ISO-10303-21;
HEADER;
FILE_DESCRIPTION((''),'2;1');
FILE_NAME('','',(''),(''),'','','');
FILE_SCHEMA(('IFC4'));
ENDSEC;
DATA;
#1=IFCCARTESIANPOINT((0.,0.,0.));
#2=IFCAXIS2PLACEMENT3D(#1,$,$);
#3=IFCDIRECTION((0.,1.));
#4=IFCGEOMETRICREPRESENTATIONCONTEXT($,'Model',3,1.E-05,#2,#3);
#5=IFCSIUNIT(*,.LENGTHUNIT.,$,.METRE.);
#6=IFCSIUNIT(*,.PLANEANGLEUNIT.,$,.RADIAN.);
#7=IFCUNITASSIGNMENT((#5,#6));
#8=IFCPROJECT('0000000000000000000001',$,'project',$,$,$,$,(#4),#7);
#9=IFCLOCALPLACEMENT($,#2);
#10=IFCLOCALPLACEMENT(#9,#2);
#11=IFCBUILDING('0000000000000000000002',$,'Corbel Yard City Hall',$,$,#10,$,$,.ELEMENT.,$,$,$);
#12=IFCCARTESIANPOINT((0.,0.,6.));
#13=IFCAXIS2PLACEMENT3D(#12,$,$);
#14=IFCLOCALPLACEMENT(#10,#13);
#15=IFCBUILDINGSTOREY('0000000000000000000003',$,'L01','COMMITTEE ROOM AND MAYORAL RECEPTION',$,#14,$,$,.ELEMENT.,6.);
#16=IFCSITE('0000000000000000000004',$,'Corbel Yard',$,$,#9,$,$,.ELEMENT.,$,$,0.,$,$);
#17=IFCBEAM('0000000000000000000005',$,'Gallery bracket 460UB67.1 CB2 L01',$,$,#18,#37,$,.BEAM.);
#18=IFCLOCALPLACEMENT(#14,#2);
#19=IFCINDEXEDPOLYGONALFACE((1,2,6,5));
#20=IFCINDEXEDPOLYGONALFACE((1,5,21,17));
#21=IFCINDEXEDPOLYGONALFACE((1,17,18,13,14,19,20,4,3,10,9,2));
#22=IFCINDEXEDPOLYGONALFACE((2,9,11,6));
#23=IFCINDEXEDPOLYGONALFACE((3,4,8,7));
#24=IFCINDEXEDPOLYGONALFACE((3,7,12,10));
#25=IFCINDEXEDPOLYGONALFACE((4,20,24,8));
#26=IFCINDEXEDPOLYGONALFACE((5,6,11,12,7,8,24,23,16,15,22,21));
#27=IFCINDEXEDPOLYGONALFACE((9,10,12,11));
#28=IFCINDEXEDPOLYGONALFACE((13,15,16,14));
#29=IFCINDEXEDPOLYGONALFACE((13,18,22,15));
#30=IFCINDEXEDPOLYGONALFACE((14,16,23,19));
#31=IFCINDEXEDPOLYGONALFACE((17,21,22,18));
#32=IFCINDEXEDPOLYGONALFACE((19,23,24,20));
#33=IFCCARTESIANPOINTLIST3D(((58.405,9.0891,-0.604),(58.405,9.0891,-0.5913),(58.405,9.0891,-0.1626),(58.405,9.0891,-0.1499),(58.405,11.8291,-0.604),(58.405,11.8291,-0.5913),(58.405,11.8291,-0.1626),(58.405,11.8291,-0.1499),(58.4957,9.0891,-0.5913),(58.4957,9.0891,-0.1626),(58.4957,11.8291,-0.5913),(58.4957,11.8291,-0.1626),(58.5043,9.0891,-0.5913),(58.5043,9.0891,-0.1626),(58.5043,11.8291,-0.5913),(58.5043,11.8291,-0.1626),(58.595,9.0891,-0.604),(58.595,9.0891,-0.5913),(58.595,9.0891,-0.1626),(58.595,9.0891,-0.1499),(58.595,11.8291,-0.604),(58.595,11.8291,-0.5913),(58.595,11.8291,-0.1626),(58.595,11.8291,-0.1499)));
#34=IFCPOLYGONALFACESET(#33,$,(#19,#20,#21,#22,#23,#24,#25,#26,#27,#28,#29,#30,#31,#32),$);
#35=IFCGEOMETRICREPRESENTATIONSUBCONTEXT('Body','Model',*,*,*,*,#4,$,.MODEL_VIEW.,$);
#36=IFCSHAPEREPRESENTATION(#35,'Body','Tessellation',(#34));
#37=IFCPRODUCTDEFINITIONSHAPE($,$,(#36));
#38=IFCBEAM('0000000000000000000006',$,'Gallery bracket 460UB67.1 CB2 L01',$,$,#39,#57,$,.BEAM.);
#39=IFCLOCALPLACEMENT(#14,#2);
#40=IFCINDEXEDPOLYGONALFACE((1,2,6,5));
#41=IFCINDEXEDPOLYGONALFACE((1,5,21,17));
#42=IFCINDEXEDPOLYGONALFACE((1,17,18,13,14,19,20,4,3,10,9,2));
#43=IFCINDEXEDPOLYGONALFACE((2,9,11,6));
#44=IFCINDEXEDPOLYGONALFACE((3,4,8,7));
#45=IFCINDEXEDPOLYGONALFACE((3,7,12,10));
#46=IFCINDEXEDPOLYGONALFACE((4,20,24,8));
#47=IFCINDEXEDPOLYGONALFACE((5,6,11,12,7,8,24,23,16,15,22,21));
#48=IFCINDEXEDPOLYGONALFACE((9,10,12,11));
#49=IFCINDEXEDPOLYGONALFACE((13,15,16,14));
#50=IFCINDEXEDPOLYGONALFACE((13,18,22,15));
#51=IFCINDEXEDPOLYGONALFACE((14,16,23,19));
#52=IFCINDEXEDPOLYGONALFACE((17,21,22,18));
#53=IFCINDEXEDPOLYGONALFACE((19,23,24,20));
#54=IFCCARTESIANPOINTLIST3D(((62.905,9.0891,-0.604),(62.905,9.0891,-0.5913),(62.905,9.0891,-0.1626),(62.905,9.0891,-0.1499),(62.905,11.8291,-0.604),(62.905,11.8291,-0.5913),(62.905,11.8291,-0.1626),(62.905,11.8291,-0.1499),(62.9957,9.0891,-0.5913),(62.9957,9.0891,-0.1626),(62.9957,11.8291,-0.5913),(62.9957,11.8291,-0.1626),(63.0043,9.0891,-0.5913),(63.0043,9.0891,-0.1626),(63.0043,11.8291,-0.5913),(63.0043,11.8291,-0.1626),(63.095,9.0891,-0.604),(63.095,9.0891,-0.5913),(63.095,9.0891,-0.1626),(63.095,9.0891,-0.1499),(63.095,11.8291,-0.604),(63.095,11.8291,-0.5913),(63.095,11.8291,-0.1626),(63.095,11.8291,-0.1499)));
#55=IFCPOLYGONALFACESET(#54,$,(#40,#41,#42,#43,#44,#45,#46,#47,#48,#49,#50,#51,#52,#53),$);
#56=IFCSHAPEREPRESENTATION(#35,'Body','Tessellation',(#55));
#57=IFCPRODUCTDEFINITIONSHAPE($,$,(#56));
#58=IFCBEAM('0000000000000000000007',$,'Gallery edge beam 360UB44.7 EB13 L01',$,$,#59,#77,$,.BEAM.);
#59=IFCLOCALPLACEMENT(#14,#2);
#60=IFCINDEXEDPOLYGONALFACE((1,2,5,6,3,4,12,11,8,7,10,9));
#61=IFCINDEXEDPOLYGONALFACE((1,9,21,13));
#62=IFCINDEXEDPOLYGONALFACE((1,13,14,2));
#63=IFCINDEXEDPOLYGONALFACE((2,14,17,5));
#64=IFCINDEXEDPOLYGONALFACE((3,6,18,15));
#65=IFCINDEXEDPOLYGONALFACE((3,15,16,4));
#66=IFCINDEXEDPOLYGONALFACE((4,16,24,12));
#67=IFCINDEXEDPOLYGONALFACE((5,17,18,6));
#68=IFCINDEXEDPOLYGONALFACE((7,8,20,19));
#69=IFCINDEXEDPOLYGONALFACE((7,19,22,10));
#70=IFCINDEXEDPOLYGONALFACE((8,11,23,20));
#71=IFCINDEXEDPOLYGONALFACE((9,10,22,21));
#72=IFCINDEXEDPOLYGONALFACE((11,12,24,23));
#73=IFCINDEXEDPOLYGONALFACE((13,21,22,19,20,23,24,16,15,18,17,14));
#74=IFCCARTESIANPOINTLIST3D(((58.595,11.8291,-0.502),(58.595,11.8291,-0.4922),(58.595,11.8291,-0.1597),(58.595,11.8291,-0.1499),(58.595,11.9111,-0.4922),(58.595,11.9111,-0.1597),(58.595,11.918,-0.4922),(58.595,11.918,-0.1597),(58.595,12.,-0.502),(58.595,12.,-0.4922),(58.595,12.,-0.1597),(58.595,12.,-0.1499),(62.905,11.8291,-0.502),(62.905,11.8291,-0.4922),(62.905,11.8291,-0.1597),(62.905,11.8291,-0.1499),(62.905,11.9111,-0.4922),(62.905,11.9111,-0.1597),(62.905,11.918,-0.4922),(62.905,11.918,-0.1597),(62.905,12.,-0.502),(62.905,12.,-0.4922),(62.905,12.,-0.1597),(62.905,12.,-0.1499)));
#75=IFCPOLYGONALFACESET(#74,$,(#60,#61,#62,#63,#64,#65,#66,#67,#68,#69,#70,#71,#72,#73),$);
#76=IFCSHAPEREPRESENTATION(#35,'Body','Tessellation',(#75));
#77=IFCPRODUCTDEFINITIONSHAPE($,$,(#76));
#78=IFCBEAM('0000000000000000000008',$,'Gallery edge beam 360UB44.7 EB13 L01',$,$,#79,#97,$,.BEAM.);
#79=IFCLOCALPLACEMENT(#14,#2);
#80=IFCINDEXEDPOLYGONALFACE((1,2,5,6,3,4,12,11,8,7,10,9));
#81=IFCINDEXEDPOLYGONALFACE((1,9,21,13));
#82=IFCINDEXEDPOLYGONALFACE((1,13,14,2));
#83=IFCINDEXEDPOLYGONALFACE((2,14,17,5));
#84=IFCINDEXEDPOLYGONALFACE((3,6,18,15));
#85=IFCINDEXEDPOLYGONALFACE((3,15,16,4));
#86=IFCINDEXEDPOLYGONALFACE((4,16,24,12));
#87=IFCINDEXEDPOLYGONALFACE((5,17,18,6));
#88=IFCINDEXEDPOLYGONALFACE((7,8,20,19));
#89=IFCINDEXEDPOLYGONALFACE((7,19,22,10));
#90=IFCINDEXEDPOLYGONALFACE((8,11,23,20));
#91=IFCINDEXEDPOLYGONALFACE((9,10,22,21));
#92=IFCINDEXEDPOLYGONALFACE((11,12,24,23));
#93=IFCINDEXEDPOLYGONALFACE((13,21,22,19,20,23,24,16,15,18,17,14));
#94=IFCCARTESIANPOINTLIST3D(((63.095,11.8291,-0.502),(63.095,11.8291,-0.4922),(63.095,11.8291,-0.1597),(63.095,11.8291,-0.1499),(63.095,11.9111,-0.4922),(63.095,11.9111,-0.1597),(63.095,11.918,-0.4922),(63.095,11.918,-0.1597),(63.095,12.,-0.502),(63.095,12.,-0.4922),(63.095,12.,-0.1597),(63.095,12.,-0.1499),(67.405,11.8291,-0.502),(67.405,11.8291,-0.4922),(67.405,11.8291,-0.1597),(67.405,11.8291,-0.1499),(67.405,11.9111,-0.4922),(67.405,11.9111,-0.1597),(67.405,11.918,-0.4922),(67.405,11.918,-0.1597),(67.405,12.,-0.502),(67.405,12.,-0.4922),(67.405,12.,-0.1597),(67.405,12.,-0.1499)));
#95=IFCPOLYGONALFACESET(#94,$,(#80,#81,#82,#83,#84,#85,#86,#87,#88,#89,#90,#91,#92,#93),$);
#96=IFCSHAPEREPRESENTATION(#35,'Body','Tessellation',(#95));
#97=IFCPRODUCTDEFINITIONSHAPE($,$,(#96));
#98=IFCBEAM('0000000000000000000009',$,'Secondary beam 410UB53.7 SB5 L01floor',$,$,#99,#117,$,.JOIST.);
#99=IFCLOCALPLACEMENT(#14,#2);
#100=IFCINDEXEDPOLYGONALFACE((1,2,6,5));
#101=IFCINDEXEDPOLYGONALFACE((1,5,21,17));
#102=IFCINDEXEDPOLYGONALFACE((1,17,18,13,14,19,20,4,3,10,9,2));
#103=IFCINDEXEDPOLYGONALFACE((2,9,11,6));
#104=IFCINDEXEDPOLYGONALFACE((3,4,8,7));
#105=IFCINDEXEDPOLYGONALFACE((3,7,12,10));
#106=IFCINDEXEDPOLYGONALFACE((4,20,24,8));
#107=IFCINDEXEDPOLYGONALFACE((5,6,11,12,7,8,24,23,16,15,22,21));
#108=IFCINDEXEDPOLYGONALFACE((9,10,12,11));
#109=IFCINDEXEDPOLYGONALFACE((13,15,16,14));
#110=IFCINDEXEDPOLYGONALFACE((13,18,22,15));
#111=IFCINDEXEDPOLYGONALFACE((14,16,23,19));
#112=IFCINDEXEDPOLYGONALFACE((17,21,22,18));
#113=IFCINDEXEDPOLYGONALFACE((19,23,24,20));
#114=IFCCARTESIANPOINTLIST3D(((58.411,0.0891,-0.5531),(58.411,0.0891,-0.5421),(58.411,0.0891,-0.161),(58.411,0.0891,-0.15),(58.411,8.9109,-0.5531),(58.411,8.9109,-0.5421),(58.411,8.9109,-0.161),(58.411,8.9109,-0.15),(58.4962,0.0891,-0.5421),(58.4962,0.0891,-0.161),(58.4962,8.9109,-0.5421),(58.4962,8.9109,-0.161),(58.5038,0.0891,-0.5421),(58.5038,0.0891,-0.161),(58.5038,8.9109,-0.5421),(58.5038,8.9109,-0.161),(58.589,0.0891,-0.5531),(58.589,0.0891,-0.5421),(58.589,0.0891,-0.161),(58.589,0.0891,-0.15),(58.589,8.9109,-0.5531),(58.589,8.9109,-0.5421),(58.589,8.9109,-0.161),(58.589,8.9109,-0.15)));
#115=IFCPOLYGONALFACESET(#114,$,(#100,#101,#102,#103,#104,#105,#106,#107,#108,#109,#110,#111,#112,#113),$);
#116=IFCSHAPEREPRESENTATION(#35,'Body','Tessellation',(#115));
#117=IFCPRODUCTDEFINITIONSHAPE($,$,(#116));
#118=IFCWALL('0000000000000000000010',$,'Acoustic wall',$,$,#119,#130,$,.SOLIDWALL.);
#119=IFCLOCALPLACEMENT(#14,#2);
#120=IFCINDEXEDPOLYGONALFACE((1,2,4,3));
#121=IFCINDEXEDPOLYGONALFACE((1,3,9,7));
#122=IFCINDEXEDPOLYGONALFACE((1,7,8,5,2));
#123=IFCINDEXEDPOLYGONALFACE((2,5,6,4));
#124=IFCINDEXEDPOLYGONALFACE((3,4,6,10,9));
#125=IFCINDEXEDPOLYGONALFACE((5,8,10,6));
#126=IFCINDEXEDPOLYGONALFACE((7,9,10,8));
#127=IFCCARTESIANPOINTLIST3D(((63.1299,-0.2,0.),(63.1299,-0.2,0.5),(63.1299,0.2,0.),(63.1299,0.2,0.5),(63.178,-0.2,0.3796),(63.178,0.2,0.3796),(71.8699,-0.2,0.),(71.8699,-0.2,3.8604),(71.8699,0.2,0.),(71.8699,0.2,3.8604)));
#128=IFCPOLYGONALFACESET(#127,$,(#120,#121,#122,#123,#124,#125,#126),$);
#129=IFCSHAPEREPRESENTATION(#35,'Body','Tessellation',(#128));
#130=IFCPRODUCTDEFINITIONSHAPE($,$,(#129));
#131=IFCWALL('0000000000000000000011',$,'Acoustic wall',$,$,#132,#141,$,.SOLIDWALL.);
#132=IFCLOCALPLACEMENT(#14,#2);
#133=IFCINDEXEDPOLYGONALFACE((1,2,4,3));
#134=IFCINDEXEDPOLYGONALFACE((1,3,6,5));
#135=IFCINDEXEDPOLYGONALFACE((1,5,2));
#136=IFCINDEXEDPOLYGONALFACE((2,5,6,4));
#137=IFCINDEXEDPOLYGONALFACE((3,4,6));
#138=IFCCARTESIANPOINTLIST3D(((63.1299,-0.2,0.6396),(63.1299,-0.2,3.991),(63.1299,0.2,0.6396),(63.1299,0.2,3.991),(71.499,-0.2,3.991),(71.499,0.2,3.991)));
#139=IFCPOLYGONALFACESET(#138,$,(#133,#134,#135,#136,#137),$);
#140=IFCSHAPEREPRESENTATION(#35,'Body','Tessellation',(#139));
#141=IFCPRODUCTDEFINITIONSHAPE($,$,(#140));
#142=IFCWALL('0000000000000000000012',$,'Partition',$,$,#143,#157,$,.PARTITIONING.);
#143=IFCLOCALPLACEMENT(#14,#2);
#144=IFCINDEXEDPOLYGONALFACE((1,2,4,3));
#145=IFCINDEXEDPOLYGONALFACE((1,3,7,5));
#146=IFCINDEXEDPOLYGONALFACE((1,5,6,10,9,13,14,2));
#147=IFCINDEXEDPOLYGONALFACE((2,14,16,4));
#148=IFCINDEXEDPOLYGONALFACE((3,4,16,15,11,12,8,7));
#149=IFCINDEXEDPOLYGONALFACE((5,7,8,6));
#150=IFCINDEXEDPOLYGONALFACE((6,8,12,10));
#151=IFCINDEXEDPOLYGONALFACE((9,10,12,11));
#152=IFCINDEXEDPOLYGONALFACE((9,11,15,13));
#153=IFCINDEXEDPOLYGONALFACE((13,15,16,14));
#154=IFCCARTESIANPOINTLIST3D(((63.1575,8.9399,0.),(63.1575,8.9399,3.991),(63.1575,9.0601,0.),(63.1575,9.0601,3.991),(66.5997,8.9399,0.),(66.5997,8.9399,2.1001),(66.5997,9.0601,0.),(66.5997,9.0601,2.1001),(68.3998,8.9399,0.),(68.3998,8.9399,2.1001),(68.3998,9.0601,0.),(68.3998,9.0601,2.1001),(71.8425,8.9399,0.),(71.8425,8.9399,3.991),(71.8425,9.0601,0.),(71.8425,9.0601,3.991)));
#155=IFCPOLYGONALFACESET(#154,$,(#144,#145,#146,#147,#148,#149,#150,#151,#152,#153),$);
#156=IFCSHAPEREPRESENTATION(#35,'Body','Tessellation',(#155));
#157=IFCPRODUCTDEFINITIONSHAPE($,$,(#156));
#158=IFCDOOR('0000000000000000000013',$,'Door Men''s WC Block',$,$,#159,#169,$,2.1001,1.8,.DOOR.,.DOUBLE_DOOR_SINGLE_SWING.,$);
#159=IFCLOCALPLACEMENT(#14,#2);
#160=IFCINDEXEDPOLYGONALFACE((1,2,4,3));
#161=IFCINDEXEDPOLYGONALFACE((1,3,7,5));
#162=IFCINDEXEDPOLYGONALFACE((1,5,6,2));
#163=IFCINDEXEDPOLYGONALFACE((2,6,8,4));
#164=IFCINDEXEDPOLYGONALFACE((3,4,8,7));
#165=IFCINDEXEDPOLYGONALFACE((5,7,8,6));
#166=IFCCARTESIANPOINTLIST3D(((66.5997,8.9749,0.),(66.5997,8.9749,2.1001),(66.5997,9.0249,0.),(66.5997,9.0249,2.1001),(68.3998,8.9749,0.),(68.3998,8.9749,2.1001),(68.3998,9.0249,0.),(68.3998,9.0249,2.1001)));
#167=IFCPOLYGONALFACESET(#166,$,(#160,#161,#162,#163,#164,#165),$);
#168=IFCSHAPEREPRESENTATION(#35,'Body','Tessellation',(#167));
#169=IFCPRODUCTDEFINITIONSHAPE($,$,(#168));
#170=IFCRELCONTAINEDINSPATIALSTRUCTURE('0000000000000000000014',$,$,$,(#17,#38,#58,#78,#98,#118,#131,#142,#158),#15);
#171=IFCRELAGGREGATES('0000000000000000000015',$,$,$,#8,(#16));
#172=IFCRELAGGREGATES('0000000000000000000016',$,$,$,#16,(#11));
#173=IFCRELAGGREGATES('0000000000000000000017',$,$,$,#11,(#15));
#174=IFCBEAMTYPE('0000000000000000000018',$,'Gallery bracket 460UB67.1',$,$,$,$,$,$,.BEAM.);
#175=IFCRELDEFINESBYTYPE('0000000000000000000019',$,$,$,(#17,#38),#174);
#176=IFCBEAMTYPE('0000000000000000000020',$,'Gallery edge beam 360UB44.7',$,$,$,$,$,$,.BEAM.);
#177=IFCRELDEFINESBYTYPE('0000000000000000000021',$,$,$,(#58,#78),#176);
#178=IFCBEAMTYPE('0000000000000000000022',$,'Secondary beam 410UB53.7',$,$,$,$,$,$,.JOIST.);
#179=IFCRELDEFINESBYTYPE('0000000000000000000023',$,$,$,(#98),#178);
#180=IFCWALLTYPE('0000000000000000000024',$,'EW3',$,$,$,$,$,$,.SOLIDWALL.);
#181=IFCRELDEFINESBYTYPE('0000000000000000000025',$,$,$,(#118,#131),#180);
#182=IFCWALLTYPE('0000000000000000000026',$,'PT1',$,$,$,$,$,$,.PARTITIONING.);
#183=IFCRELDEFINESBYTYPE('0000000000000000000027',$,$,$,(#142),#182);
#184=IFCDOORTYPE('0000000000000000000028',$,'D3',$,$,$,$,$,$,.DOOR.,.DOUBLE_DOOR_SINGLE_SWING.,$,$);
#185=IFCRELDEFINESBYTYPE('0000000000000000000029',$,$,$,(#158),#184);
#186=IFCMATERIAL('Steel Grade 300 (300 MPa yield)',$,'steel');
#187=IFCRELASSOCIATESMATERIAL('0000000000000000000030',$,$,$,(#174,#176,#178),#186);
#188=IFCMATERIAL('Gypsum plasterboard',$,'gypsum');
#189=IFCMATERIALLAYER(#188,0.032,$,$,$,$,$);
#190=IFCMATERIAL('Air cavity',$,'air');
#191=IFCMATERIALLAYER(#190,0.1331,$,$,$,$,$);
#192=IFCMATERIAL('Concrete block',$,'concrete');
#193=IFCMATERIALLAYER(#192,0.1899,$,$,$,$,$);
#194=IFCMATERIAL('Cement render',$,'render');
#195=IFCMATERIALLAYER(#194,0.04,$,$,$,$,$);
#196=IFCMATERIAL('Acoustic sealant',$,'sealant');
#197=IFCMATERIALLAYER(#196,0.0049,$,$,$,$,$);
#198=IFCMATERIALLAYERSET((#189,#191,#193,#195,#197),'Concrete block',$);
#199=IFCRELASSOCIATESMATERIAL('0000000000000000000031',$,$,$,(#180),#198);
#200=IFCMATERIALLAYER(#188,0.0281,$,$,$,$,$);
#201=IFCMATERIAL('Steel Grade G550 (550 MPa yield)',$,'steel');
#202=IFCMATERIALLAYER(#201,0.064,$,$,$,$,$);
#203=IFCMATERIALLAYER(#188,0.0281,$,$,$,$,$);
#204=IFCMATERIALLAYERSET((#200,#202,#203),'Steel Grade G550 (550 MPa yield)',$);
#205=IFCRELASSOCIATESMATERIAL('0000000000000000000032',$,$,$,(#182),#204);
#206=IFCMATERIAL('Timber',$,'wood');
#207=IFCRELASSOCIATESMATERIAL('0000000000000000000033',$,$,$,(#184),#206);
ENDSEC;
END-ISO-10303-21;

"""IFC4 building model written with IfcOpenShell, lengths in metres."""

from ifc_helpers import new_model, si_unit, direction, frame, frame_2d, origin, origin_2d, place, context, subcontext, project, spatial, polyline, rectangle, i_section, outline, extrude, material, layer, layer_set, material_profile, profile_set, type_object, element, fill, save


model = new_model("IFC4")

# Units and contexts
model_context = context("Model", 3, precision=1e-05, world=origin(), true_north=direction((0.0, 1.0)))
body_context = subcontext(model_context, "Body", "Model", "MODEL_VIEW")
ifc_project = project(units=[si_unit("LENGTHUNIT", "METRE"), si_unit("PLANEANGLEUNIT", "RADIAN")], contexts=[model_context])

# Site, building, storey
site_placement = place(None, origin())
site = spatial("IfcSite", under=ifc_project, at=site_placement, Name="Corbel Yard", CompositionType="ELEMENT", RefElevation=0.0)
building_placement = place(site_placement, origin())
building = spatial("IfcBuilding", under=site, at=building_placement, Name="Corbel Yard City Hall", CompositionType="ELEMENT")
storey_placement = place(building_placement, frame((0.0, 0.0, 6.0)))
storey = spatial("IfcBuildingStorey", under=building, at=storey_placement, Name="L01", Description="COMMITTEE ROOM AND MAYORAL RECEPTION", CompositionType="ELEMENT", Elevation=6.0)

# Shared definitions
ifc_material_1 = material(Name="Steel Grade 300 (300 MPa yield)", Category="steel")

# Beams
ifc_material_profile_1 = material_profile(ifc_material_1, i_section(OverallWidth=0.1899, OverallDepth=0.4541, WebThickness=0.0085, FlangeThickness=0.0127, at=origin_2d()), Name="460UB67.1")
ifc_profile_set_1 = profile_set([ifc_material_profile_1], Name="Steel Grade 300 (300 MPa yield)")
beam_type_1 = type_object("IfcBeamType", Name="Gallery bracket 460UB67.1", PredefinedType="BEAM", material=ifc_profile_set_1)
for number, where, z_axis, x_axis, name in (
    (1, (58.5, 9.0891, -0.377), (0.0, 1.0, 0.0), (-1.0, 0.0, 0.0), "Gallery bracket 460UB67.1 CB2 L01"),
    (2, (63.0, 9.0891, -0.377), (0.0, 1.0, 0.0), (-1.0, 0.0, 0.0), "Gallery bracket 460UB67.1 CB2 L01"),
):
    element("IfcBeam", number, at=place(storey_placement, frame(where, z_axis=z_axis, x_axis=x_axis)), inside=storey, type_object=beam_type_1, Name=name, PredefinedType="BEAM", context=body_context, shape_type="SweptSolid", body=[
        extrude(i_section(OverallWidth=0.1899, OverallDepth=0.4541, WebThickness=0.0085, FlangeThickness=0.0127, at=origin_2d()), origin(), (0.0, 0.0, 1.0), 2.74),
    ])
ifc_material_profile_2 = material_profile(ifc_material_1, i_section(OverallWidth=0.1709, OverallDepth=0.3521, WebThickness=0.0068, FlangeThickness=0.0098, at=origin_2d()), Name="360UB44.7")
ifc_profile_set_2 = profile_set([ifc_material_profile_2], Name="Steel Grade 300 (300 MPa yield)")
beam_type_2 = type_object("IfcBeamType", Name="Gallery edge beam 360UB44.7", PredefinedType="BEAM", material=ifc_profile_set_2)
for number, where, z_axis, x_axis, name in (
    (3, (58.595, 11.9146, -0.3259), (1.0, 0.0, 0.0), (0.0, 1.0, 0.0), "Gallery edge beam 360UB44.7 EB13 L01"),
    (4, (63.095, 11.9146, -0.3259), (1.0, 0.0, 0.0), (0.0, 1.0, 0.0), "Gallery edge beam 360UB44.7 EB13 L01"),
):
    element("IfcBeam", number, at=place(storey_placement, frame(where, z_axis=z_axis, x_axis=x_axis)), inside=storey, type_object=beam_type_2, Name=name, PredefinedType="BEAM", context=body_context, shape_type="SweptSolid", body=[
        extrude(i_section(OverallWidth=0.1709, OverallDepth=0.3521, WebThickness=0.0068, FlangeThickness=0.0098, at=origin_2d()), origin(), (0.0, 0.0, 1.0), 4.3101),
    ])
ifc_material_profile_3 = material_profile(ifc_material_1, i_section(OverallWidth=0.178, OverallDepth=0.4031, WebThickness=0.0076, FlangeThickness=0.011, at=origin_2d()), Name="410UB53.7")
ifc_profile_set_3 = profile_set([ifc_material_profile_3], Name="Steel Grade 300 (300 MPa yield)")
beam_type_3 = type_object("IfcBeamType", Name="Secondary beam 410UB53.7", PredefinedType="JOIST", material=ifc_profile_set_3)
beam_1_placement = place(storey_placement, frame((58.5, 0.0891, -0.3516), z_axis=(0.0, 1.0, 0.0), x_axis=(-1.0, 0.0, 0.0)))
element("IfcBeam", 5, at=beam_1_placement, inside=storey, type_object=beam_type_3, Name="Secondary beam 410UB53.7 SB5 L01floor", PredefinedType="JOIST", context=body_context, shape_type="SweptSolid", body=[
    extrude(i_section(OverallWidth=0.178, OverallDepth=0.4031, WebThickness=0.0076, FlangeThickness=0.011, at=origin_2d()), origin(), (0.0, 0.0, 1.0), 8.8218),
])

# Walls
ifc_material_2 = material(Name="Gypsum plasterboard", Category="gypsum")
ifc_layer_1 = layer(ifc_material_2, 0.032)
ifc_material_3 = material(Name="Air cavity", Category="air")
ifc_layer_2 = layer(ifc_material_3, 0.1331)
ifc_material_4 = material(Name="Concrete block", Category="concrete")
ifc_layer_3 = layer(ifc_material_4, 0.1899)
ifc_material_5 = material(Name="Cement render", Category="render")
ifc_layer_4 = layer(ifc_material_5, 0.04)
ifc_material_6 = material(Name="Acoustic sealant", Category="sealant")
ifc_layer_5 = layer(ifc_material_6, 0.0049)
ifc_layer_set_1 = layer_set([ifc_layer_1, ifc_layer_2, ifc_layer_3, ifc_layer_4, ifc_layer_5], Name="Concrete block")
wall_type_1 = type_object("IfcWallType", Name="EW3", PredefinedType="SOLIDWALL", material=ifc_layer_set_1)
wall_1_placement = place(storey_placement, frame((63.1299, 0.0, 0.0), z_axis=(0.0, 0.0, 1.0), x_axis=(1.0, 0.0, 0.0)))
element("IfcWall", 6, at=wall_1_placement, inside=storey, type_object=wall_type_1, Name="Acoustic wall", PredefinedType="SOLIDWALL", context=body_context, shape_type="SweptSolid", body=[
    extrude(outline(polyline([(8.74, 0.0), (0.0, 0.0), (0.0, 0.5), (0.0481, 0.3796), (8.74, 3.8604), (8.74, 0.0)])), frame((0.0, 0.2, 0.0), z_axis=(0.0, -1.0, 0.0), x_axis=(1.0, 0.0, 0.0)), (0.0, 0.0, 1.0), 0.3999),
])
wall_2_placement = place(storey_placement, frame((63.1299, 0.0, 0.0), z_axis=(0.0, 0.0, 1.0), x_axis=(1.0, 0.0, 0.0)))
element("IfcWall", 7, at=wall_2_placement, inside=storey, type_object=wall_type_1, Name="Acoustic wall", PredefinedType="SOLIDWALL", context=body_context, shape_type="SweptSolid", body=[
    extrude(outline(polyline([(0.0, 3.991), (8.3691, 3.991), (0.0, 0.6396), (0.0, 3.991)])), frame((0.0, 0.2, 0.0), z_axis=(0.0, -1.0, 0.0), x_axis=(1.0, 0.0, 0.0)), (0.0, 0.0, 1.0), 0.3999),
])

# Wall, opening, door
ifc_layer_6 = layer(ifc_material_2, 0.0281)
ifc_material_7 = material(Name="Steel Grade G550 (550 MPa yield)", Category="steel")
ifc_layer_7 = layer(ifc_material_7, 0.064)
ifc_layer_8 = layer(ifc_material_2, 0.0281)
ifc_layer_set_2 = layer_set([ifc_layer_6, ifc_layer_7, ifc_layer_8], Name="Steel Grade G550 (550 MPa yield)")
wall_type_2 = type_object("IfcWallType", Name="PT1", PredefinedType="PARTITIONING", material=ifc_layer_set_2)
wall_3_placement = place(storey_placement, frame((63.1575, 9.0, 0.0), z_axis=(0.0, 0.0, 1.0), x_axis=(1.0, 0.0, 0.0)))
wall_3 = element("IfcWall", 8, at=wall_3_placement, inside=storey, type_object=wall_type_2, Name="Partition", PredefinedType="PARTITIONING", context=body_context, shape_type="SweptSolid", body=[
    extrude(rectangle(XDim=8.6851, YDim=0.1201, at=frame_2d((4.3425, 0.0))), origin(), (0.0, 0.0, 1.0), 3.991),
])
opening_placement = place(wall_3_placement, frame((3.4424, 0.0, 0.0)))
opening = element("IfcOpeningElement", 9, at=opening_placement, cuts=wall_3, PredefinedType="OPENING", context=body_context, shape_type="SweptSolid", body=[
    extrude(rectangle(XDim=1.8, YDim=2.1001, at=frame_2d((0.8999, 1.05))), frame((0.0, 0.0701, 0.0), z_axis=(0.0, -1.0, 0.0), x_axis=(1.0, 0.0, 0.0)), (0.0, 0.0, 1.0), 0.1401),
])
ifc_material_8 = material(Name="Timber", Category="wood")
door_type = type_object("IfcDoorType", Name="D3", OperationType="DOUBLE_DOOR_SINGLE_SWING", PredefinedType="DOOR", material=ifc_material_8)
door_placement = place(opening_placement, origin())
door = element("IfcDoor", 10, at=door_placement, inside=storey, type_object=door_type, Name="Door Men's WC Block", OperationType="DOUBLE_DOOR_SINGLE_SWING", OverallHeight=2.1001, OverallWidth=1.8, PredefinedType="DOOR", context=body_context, shape_type="SweptSolid", body=[
    extrude(rectangle(XDim=1.8, YDim=2.1001, at=frame_2d((0.8999, 1.05))), frame((0.0, 0.0249, 0.0), z_axis=(0.0, -1.0, 0.0), x_axis=(1.0, 0.0, 0.0)), (0.0, 0.0, 1.0), 0.05),
])
fill(opening, door)

save(model, "model.ifc")
